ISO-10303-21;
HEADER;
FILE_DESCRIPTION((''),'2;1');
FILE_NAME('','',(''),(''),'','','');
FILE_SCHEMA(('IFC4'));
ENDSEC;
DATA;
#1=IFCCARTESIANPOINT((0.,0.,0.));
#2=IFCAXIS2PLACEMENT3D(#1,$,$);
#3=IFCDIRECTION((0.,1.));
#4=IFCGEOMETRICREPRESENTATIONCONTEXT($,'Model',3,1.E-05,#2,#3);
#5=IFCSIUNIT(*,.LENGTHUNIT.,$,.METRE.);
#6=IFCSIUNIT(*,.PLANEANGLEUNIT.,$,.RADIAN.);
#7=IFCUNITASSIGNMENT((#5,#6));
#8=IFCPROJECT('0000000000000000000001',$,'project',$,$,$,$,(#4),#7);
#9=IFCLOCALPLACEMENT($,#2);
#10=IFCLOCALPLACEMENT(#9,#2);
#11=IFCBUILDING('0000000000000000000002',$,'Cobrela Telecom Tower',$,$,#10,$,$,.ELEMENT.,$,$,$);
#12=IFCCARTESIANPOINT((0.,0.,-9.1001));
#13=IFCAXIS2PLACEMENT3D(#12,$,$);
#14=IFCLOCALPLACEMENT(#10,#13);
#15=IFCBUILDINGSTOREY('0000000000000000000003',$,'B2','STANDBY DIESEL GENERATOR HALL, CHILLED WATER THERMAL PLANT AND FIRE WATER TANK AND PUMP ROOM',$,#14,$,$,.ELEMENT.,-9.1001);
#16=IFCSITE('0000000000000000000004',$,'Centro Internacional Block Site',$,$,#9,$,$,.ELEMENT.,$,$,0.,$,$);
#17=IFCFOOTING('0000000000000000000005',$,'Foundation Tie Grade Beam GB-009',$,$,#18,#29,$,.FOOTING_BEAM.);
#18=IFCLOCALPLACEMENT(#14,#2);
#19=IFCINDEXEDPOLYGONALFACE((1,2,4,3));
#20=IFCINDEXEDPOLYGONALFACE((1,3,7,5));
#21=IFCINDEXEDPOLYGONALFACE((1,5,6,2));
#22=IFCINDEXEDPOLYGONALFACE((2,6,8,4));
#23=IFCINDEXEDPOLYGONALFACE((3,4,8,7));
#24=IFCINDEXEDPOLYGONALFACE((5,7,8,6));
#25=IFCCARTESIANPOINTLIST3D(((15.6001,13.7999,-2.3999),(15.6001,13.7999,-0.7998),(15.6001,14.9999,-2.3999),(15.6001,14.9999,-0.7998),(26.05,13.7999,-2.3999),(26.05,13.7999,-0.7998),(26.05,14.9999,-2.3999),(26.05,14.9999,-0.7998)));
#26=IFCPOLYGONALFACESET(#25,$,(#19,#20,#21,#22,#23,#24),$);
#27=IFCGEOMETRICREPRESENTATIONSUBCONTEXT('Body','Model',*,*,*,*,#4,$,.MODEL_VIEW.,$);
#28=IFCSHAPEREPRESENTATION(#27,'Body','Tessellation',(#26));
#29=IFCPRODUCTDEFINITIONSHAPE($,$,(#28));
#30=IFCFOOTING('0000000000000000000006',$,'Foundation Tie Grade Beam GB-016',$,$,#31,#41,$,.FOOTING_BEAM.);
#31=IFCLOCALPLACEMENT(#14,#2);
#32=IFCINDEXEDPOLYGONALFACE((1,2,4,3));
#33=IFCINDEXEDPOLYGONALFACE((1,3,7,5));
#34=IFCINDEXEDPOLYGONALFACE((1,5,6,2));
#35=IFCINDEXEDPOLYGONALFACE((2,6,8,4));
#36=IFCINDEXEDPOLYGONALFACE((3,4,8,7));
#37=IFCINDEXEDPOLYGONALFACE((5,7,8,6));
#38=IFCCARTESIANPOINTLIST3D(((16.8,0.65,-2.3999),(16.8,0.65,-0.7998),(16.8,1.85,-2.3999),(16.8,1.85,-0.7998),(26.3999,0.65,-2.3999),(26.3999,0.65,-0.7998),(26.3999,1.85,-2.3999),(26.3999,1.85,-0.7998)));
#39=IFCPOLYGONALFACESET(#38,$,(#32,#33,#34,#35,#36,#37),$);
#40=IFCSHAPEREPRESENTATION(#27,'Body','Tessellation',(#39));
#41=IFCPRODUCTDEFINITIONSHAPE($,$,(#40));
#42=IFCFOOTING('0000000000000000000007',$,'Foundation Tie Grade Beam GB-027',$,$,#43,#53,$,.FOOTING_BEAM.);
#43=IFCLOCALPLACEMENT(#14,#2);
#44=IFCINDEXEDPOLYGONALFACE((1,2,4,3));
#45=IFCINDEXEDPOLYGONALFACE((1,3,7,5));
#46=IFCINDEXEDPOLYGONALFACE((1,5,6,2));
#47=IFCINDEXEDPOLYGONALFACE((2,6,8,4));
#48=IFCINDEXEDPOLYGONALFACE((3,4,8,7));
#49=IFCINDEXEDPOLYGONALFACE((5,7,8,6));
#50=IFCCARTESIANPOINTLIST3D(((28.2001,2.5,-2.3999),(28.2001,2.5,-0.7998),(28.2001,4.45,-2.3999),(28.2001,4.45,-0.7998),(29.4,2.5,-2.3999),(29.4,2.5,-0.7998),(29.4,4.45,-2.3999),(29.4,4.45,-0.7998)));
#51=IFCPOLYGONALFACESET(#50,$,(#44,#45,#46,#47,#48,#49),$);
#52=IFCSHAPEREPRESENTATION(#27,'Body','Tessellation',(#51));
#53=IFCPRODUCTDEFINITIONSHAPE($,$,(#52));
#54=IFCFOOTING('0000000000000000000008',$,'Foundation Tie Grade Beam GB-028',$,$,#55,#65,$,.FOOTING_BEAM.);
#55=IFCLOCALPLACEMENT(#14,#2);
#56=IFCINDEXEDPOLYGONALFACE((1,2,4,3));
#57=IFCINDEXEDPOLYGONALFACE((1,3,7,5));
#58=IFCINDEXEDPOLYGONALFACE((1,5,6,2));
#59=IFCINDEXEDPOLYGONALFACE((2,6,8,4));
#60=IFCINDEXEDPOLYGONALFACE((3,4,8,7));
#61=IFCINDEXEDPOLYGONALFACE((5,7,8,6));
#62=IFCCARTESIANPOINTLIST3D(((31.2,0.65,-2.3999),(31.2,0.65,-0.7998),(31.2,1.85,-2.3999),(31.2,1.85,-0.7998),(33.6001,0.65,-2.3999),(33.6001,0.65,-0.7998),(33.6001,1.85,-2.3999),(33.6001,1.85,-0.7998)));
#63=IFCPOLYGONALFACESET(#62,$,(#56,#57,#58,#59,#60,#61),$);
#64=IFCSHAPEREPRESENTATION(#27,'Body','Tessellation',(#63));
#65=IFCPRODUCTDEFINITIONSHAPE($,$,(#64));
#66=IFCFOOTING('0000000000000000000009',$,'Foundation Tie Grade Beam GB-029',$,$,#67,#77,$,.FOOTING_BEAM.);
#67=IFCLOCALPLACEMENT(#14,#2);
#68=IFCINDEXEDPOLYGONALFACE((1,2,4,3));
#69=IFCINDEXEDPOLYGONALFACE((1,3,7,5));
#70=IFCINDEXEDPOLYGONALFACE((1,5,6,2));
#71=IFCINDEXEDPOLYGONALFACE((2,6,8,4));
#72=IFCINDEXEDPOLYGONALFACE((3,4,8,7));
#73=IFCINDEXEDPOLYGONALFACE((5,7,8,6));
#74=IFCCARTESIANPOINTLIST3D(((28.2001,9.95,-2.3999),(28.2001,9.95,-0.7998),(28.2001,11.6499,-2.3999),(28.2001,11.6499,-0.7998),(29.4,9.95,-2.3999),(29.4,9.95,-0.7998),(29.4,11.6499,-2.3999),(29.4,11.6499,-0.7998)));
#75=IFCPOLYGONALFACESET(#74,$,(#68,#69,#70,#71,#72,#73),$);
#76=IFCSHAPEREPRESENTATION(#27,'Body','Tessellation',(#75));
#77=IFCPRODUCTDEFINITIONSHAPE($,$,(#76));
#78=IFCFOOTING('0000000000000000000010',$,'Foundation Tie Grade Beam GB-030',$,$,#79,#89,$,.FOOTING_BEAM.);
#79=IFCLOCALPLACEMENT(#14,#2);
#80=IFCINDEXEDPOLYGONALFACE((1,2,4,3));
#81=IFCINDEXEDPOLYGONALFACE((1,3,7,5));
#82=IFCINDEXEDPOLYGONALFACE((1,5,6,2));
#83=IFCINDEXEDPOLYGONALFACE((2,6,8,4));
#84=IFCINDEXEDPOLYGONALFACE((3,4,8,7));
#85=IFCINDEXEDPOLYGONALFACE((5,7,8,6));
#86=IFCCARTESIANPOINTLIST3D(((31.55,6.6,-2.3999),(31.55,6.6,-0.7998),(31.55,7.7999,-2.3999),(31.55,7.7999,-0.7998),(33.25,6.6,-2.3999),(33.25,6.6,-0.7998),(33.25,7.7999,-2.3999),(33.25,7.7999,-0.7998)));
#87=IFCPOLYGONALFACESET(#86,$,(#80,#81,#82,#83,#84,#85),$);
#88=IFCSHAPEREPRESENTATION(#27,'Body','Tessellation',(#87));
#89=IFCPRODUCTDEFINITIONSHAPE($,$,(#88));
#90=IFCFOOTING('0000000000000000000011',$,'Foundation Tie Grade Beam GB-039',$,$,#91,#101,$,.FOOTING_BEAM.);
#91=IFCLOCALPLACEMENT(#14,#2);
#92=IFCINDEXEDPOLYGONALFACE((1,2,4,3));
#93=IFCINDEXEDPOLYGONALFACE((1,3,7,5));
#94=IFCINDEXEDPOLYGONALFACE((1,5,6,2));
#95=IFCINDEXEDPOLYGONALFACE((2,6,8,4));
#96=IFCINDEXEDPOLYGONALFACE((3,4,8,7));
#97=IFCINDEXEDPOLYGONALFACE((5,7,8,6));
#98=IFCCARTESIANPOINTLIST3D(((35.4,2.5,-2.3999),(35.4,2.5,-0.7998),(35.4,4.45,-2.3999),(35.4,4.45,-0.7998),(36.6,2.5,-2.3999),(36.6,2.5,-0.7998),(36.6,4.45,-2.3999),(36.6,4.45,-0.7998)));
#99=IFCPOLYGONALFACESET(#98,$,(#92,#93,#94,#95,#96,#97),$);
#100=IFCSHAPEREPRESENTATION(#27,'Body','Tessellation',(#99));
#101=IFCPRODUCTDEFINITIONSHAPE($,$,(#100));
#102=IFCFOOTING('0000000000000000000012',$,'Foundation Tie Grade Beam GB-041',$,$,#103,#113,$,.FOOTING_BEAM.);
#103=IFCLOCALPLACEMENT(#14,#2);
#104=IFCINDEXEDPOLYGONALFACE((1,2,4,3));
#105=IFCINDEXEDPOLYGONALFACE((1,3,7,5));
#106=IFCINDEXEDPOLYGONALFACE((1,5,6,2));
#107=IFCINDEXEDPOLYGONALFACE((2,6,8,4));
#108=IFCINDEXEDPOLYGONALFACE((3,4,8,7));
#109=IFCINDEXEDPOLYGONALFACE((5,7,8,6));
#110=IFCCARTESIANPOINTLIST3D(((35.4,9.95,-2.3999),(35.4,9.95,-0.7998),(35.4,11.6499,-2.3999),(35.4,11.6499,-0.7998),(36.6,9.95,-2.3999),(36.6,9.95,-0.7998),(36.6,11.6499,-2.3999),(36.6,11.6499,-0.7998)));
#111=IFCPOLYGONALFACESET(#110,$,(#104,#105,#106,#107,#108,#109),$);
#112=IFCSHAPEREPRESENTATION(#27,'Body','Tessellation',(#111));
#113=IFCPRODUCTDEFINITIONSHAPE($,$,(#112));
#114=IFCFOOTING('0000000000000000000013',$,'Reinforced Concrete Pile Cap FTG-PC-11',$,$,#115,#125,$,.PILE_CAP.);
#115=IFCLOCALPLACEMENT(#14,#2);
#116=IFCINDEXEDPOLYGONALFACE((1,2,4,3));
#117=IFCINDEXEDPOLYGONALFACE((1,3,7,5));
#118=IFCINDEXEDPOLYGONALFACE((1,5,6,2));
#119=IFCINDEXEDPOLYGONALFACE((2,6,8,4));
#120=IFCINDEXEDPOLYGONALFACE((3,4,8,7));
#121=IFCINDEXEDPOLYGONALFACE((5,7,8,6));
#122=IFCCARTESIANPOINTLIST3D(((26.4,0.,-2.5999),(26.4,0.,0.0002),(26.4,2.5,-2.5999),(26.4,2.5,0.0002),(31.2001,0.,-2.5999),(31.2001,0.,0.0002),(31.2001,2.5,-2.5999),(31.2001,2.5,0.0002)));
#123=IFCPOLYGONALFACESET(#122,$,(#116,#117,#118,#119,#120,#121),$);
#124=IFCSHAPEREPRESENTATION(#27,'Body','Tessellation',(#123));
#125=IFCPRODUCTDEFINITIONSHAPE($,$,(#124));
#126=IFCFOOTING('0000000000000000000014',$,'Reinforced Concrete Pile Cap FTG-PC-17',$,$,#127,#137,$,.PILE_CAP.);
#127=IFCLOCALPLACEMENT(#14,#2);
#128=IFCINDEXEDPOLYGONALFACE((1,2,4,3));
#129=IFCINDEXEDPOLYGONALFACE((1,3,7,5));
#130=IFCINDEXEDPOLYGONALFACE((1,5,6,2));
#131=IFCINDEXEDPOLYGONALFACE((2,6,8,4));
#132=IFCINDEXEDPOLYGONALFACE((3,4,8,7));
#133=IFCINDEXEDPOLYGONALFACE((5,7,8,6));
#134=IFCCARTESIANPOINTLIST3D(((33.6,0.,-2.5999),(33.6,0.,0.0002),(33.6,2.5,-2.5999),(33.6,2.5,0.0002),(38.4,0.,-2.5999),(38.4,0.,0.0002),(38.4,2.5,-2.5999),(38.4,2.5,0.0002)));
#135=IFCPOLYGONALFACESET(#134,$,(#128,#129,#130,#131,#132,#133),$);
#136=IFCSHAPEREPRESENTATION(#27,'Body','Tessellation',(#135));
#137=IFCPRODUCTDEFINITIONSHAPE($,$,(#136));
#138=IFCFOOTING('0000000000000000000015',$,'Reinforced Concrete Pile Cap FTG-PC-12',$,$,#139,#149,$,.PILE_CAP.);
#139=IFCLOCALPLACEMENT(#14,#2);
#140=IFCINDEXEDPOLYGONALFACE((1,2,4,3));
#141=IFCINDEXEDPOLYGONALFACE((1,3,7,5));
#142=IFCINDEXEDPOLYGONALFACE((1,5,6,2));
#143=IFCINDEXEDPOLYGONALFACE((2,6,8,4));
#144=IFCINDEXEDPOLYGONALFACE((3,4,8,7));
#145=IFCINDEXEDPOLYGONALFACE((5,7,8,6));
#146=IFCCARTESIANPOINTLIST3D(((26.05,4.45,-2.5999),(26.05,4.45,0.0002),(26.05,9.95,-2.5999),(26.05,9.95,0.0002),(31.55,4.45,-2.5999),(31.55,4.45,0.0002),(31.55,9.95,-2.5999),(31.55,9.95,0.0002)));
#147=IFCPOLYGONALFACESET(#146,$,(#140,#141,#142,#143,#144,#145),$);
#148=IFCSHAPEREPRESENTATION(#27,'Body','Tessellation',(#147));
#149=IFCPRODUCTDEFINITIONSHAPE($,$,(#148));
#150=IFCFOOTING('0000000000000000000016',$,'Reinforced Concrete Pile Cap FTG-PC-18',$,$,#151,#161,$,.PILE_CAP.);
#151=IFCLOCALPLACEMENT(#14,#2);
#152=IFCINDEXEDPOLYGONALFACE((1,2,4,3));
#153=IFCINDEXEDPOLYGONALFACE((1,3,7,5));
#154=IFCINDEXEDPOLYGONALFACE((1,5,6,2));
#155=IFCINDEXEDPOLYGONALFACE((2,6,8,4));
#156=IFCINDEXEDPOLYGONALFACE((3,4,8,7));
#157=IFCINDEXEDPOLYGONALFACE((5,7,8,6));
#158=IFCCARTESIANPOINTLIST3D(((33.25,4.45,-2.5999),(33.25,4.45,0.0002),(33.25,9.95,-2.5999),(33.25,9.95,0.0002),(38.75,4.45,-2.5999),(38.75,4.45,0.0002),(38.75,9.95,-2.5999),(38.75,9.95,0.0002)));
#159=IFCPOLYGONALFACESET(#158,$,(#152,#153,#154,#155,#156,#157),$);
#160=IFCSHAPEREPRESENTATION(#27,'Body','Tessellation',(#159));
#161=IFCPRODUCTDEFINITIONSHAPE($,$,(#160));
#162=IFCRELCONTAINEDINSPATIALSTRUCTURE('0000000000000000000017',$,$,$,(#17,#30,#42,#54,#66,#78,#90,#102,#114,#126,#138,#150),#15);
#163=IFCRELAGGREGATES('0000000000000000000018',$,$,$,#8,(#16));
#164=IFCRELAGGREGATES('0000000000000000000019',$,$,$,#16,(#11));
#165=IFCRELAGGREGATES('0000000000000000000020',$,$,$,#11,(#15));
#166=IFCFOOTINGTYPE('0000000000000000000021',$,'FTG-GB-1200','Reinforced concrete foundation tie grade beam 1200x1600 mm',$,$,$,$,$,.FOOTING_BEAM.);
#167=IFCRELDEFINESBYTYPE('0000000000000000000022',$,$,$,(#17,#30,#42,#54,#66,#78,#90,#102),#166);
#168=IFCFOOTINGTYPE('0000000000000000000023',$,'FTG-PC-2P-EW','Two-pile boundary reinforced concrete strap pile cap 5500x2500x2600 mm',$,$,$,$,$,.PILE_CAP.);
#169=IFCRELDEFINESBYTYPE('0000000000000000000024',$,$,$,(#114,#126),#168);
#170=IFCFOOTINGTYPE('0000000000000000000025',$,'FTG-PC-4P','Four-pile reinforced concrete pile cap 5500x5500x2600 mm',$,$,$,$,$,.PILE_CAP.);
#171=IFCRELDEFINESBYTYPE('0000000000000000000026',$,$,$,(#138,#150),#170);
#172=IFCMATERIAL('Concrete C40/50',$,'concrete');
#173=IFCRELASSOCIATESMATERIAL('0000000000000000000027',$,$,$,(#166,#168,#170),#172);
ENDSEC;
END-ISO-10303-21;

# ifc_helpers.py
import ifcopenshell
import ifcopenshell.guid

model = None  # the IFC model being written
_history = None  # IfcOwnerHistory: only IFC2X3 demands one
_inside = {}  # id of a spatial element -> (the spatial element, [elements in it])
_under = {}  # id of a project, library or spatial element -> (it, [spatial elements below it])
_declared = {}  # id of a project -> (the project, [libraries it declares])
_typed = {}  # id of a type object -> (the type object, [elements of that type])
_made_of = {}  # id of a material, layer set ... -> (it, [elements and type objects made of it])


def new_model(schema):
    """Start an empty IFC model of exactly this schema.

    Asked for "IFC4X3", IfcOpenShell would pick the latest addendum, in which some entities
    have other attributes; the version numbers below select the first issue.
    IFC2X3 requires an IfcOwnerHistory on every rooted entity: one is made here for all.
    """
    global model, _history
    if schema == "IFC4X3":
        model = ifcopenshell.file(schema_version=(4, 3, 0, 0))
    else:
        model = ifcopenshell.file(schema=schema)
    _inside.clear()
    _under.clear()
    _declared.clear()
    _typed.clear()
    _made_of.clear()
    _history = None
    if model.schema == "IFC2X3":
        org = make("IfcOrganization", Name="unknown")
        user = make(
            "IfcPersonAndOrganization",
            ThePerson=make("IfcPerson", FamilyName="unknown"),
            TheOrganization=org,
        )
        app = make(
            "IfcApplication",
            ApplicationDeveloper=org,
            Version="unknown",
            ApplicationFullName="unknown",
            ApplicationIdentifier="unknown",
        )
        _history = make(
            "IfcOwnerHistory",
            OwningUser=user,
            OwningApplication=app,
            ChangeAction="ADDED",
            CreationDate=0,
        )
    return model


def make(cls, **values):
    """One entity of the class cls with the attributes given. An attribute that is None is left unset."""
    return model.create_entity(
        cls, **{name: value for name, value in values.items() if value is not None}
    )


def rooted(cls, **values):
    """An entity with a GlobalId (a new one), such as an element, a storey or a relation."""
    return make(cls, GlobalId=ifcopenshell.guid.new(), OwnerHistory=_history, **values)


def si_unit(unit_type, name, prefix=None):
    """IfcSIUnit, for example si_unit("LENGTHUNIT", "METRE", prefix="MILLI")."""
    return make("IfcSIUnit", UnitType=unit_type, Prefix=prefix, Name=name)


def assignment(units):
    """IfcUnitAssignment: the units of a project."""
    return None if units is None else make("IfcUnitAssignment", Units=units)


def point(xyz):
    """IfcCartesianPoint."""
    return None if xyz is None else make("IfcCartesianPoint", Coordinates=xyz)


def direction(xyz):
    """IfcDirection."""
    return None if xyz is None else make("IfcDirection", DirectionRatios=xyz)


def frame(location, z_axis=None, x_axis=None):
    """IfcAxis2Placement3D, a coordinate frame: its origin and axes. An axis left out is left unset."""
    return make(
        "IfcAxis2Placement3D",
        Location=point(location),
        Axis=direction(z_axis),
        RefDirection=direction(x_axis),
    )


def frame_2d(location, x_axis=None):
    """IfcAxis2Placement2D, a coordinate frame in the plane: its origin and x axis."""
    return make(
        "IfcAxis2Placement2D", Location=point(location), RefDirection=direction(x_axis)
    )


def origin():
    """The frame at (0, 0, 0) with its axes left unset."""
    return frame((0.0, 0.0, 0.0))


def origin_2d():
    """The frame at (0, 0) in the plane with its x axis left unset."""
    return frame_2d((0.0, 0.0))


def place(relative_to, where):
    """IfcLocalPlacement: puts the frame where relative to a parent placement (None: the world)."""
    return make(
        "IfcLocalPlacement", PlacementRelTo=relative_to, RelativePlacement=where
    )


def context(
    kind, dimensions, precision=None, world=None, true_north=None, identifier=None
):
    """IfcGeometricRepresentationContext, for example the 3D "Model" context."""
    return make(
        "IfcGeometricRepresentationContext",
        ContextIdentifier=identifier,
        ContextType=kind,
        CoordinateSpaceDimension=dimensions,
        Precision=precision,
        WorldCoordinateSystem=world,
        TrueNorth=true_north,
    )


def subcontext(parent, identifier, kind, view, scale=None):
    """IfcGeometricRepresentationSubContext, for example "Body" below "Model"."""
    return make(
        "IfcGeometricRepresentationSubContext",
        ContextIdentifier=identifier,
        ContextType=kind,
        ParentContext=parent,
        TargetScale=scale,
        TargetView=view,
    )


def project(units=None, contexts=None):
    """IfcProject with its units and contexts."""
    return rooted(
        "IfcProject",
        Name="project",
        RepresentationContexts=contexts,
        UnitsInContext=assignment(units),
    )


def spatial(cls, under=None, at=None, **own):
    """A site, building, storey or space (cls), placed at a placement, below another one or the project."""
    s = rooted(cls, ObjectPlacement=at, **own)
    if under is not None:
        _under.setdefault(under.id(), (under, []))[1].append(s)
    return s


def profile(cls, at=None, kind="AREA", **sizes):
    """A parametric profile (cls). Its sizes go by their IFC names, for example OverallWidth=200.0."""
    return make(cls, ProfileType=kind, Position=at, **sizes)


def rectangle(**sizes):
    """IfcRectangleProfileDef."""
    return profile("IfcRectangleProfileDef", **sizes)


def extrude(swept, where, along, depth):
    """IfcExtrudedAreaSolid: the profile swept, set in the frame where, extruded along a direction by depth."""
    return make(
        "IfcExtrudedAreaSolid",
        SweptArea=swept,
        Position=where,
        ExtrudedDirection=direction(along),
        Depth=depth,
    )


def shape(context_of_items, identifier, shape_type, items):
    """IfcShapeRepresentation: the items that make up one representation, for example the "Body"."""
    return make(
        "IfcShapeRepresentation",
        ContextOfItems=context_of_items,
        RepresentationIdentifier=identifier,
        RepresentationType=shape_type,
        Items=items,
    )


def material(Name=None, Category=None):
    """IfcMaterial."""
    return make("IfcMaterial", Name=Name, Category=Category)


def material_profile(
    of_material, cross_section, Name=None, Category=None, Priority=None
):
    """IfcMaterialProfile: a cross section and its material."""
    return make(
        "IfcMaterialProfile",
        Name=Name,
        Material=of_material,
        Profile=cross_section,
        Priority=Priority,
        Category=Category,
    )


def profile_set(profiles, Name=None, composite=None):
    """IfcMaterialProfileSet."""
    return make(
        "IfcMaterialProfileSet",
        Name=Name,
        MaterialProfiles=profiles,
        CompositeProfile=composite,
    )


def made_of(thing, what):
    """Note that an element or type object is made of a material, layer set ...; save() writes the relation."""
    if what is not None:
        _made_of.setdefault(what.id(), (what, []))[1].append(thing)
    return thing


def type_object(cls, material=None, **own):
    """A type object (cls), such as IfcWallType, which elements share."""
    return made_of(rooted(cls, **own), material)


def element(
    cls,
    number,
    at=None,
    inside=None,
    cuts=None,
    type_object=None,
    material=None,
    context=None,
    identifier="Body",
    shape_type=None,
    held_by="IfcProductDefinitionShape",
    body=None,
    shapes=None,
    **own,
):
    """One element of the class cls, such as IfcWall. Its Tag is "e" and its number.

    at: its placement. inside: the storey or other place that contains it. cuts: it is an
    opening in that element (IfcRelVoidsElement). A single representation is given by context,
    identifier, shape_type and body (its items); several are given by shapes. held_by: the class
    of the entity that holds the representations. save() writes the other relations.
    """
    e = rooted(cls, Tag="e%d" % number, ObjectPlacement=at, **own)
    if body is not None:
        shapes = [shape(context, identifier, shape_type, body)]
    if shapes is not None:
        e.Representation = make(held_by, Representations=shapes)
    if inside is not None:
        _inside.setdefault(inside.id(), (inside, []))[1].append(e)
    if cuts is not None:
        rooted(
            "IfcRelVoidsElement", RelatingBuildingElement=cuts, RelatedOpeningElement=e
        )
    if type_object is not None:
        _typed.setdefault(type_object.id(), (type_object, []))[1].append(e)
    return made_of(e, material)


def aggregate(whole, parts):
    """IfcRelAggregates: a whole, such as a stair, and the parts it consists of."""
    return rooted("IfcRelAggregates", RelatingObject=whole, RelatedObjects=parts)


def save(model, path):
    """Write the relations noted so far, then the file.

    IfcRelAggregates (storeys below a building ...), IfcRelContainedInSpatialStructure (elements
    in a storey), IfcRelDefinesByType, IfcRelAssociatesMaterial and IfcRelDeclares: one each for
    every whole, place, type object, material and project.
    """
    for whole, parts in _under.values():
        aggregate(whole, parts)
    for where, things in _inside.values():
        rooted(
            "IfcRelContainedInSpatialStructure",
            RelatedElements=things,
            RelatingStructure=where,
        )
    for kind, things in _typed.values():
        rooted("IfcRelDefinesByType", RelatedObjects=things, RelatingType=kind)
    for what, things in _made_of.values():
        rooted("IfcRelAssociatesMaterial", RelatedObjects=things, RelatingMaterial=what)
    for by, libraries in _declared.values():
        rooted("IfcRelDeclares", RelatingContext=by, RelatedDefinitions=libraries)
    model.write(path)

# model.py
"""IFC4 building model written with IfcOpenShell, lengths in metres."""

from ifc_helpers import new_model, si_unit, direction, frame, origin, origin_2d, place, context, subcontext, project, spatial, rectangle, extrude, material, material_profile, profile_set, type_object, element, save


model = new_model("IFC4")

# Units and contexts
model_context = context("Model", 3, precision=1e-05, world=origin(), true_north=direction((0.0, 1.0)))
body_context = subcontext(model_context, "Body", "Model", "MODEL_VIEW")
ifc_project = project(units=[si_unit("LENGTHUNIT", "METRE"), si_unit("PLANEANGLEUNIT", "RADIAN")], contexts=[model_context])

# Site, building, storey
site_placement = place(None, origin())
site = spatial("IfcSite", under=ifc_project, at=site_placement, Name="Centro Internacional Block Site", CompositionType="ELEMENT", RefElevation=0.0)
building_placement = place(site_placement, origin())
building = spatial("IfcBuilding", under=site, at=building_placement, Name="Cobrela Telecom Tower", CompositionType="ELEMENT")
storey_placement = place(building_placement, frame((0.0, 0.0, -9.1001)))
storey = spatial("IfcBuildingStorey", under=building, at=storey_placement, Name="B2", Description="STANDBY DIESEL GENERATOR HALL, CHILLED WATER THERMAL PLANT AND FIRE WATER TANK AND PUMP ROOM", CompositionType="ELEMENT", Elevation=-9.1001)

# Footings
ifc_material_1 = material(Name="Concrete C40/50", Category="concrete")
ifc_material_profile_1 = material_profile(ifc_material_1, rectangle(XDim=1.2, YDim=1.6001, at=origin_2d()), Name="GB 1200x1600")
ifc_profile_set_1 = profile_set([ifc_material_profile_1], Name="Concrete C40/50")
footing_type_1 = type_object("IfcFootingType", Name="FTG-GB-1200", Description="Reinforced concrete foundation tie grade beam 1200x1600 mm", PredefinedType="FOOTING_BEAM", material=ifc_profile_set_1)
footing_1_placement = place(storey_placement, frame((15.6001, 14.3999, -1.5999), z_axis=(1.0, 0.0, 0.0), x_axis=(0.0, 1.0, 0.0)))
element("IfcFooting", 1, at=footing_1_placement, inside=storey, type_object=footing_type_1, Name="Foundation Tie Grade Beam GB-009", PredefinedType="FOOTING_BEAM", context=body_context, shape_type="SweptSolid", body=[
    extrude(rectangle(XDim=1.2, YDim=1.6001, at=origin_2d()), origin(), (0.0, 0.0, 1.0), 10.45),
])
footing_2_placement = place(storey_placement, frame((16.8, 1.25, -1.5999), z_axis=(1.0, 0.0, 0.0), x_axis=(0.0, 1.0, 0.0)))
element("IfcFooting", 2, at=footing_2_placement, inside=storey, type_object=footing_type_1, Name="Foundation Tie Grade Beam GB-016", PredefinedType="FOOTING_BEAM", context=body_context, shape_type="SweptSolid", body=[
    extrude(rectangle(XDim=1.2, YDim=1.6001, at=origin_2d()), origin(), (0.0, 0.0, 1.0), 9.5999),
])
footing_3_placement = place(storey_placement, frame((28.8, 2.5, -1.5999), z_axis=(0.0, 1.0, 0.0), x_axis=(-1.0, 0.0, 0.0)))
element("IfcFooting", 3, at=footing_3_placement, inside=storey, type_object=footing_type_1, Name="Foundation Tie Grade Beam GB-027", PredefinedType="FOOTING_BEAM", context=body_context, shape_type="SweptSolid", body=[
    extrude(rectangle(XDim=1.2, YDim=1.6001, at=origin_2d()), origin(), (0.0, 0.0, 1.0), 1.95),
])
footing_4_placement = place(storey_placement, frame((31.2, 1.25, -1.5999), z_axis=(1.0, 0.0, 0.0), x_axis=(0.0, 1.0, 0.0)))
element("IfcFooting", 4, at=footing_4_placement, inside=storey, type_object=footing_type_1, Name="Foundation Tie Grade Beam GB-028", PredefinedType="FOOTING_BEAM", context=body_context, shape_type="SweptSolid", body=[
    extrude(rectangle(XDim=1.2, YDim=1.6001, at=origin_2d()), origin(), (0.0, 0.0, 1.0), 2.4001),
])
for number, where, z_axis, x_axis, name in (
    (5, (28.8, 9.95, -1.5999), (0.0, 1.0, 0.0), (-1.0, 0.0, 0.0), "Foundation Tie Grade Beam GB-029"),
    (6, (31.55, 7.2, -1.5999), (1.0, 0.0, 0.0), (0.0, 1.0, 0.0), "Foundation Tie Grade Beam GB-030"),
):
    element("IfcFooting", number, at=place(storey_placement, frame(where, z_axis=z_axis, x_axis=x_axis)), inside=storey, type_object=footing_type_1, Name=name, PredefinedType="FOOTING_BEAM", context=body_context, shape_type="SweptSolid", body=[
        extrude(rectangle(XDim=1.2, YDim=1.6001, at=origin_2d()), origin(), (0.0, 0.0, 1.0), 1.7),
    ])
footing_5_placement = place(storey_placement, frame((36.0, 2.5, -1.5999), z_axis=(0.0, 1.0, 0.0), x_axis=(-1.0, 0.0, 0.0)))
element("IfcFooting", 7, at=footing_5_placement, inside=storey, type_object=footing_type_1, Name="Foundation Tie Grade Beam GB-039", PredefinedType="FOOTING_BEAM", context=body_context, shape_type="SweptSolid", body=[
    extrude(rectangle(XDim=1.2, YDim=1.6001, at=origin_2d()), origin(), (0.0, 0.0, 1.0), 1.95),
])
footing_6_placement = place(storey_placement, frame((36.0, 9.95, -1.5999), z_axis=(0.0, 1.0, 0.0), x_axis=(-1.0, 0.0, 0.0)))
element("IfcFooting", 8, at=footing_6_placement, inside=storey, type_object=footing_type_1, Name="Foundation Tie Grade Beam GB-041", PredefinedType="FOOTING_BEAM", context=body_context, shape_type="SweptSolid", body=[
    extrude(rectangle(XDim=1.2, YDim=1.6001, at=origin_2d()), origin(), (0.0, 0.0, 1.0), 1.7),
])
footing_type_2 = type_object("IfcFootingType", Name="FTG-PC-2P-EW", Description="Two-pile boundary reinforced concrete strap pile cap 5500x2500x2600 mm", PredefinedType="PILE_CAP", material=ifc_material_1)
for number, where, z_axis, x_axis, name in (
    (9, (28.8, 1.25, -2.5999), (0.0, 0.0, 1.0), (1.0, 0.0, 0.0), "Reinforced Concrete Pile Cap FTG-PC-11"),
    (10, (36.0, 1.25, -2.5999), (0.0, 0.0, 1.0), (1.0, 0.0, 0.0), "Reinforced Concrete Pile Cap FTG-PC-17"),
):
    element("IfcFooting", number, at=place(storey_placement, frame(where, z_axis=z_axis, x_axis=x_axis)), inside=storey, type_object=footing_type_2, Name=name, PredefinedType="PILE_CAP", context=body_context, shape_type="SweptSolid", body=[
        extrude(rectangle(XDim=4.8, YDim=2.5, at=origin_2d()), origin(), (0.0, 0.0, 1.0), 2.6001),
    ])
footing_type_3 = type_object("IfcFootingType", Name="FTG-PC-4P", Description="Four-pile reinforced concrete pile cap 5500x5500x2600 mm", PredefinedType="PILE_CAP", material=ifc_material_1)
for number, where, z_axis, x_axis, name in (
    (11, (28.8, 7.2, -2.5999), (0.0, 0.0, 1.0), (1.0, 0.0, 0.0), "Reinforced Concrete Pile Cap FTG-PC-12"),
    (12, (36.0, 7.2, -2.5999), (0.0, 0.0, 1.0), (1.0, 0.0, 0.0), "Reinforced Concrete Pile Cap FTG-PC-18"),
):
    element("IfcFooting", number, at=place(storey_placement, frame(where, z_axis=z_axis, x_axis=x_axis)), inside=storey, type_object=footing_type_3, Name=name, PredefinedType="PILE_CAP", context=body_context, shape_type="SweptSolid", body=[
        extrude(rectangle(XDim=5.5, YDim=5.5, at=origin_2d()), origin(), (0.0, 0.0, 1.0), 2.6001),
    ])

save(model, "model.ifc")
